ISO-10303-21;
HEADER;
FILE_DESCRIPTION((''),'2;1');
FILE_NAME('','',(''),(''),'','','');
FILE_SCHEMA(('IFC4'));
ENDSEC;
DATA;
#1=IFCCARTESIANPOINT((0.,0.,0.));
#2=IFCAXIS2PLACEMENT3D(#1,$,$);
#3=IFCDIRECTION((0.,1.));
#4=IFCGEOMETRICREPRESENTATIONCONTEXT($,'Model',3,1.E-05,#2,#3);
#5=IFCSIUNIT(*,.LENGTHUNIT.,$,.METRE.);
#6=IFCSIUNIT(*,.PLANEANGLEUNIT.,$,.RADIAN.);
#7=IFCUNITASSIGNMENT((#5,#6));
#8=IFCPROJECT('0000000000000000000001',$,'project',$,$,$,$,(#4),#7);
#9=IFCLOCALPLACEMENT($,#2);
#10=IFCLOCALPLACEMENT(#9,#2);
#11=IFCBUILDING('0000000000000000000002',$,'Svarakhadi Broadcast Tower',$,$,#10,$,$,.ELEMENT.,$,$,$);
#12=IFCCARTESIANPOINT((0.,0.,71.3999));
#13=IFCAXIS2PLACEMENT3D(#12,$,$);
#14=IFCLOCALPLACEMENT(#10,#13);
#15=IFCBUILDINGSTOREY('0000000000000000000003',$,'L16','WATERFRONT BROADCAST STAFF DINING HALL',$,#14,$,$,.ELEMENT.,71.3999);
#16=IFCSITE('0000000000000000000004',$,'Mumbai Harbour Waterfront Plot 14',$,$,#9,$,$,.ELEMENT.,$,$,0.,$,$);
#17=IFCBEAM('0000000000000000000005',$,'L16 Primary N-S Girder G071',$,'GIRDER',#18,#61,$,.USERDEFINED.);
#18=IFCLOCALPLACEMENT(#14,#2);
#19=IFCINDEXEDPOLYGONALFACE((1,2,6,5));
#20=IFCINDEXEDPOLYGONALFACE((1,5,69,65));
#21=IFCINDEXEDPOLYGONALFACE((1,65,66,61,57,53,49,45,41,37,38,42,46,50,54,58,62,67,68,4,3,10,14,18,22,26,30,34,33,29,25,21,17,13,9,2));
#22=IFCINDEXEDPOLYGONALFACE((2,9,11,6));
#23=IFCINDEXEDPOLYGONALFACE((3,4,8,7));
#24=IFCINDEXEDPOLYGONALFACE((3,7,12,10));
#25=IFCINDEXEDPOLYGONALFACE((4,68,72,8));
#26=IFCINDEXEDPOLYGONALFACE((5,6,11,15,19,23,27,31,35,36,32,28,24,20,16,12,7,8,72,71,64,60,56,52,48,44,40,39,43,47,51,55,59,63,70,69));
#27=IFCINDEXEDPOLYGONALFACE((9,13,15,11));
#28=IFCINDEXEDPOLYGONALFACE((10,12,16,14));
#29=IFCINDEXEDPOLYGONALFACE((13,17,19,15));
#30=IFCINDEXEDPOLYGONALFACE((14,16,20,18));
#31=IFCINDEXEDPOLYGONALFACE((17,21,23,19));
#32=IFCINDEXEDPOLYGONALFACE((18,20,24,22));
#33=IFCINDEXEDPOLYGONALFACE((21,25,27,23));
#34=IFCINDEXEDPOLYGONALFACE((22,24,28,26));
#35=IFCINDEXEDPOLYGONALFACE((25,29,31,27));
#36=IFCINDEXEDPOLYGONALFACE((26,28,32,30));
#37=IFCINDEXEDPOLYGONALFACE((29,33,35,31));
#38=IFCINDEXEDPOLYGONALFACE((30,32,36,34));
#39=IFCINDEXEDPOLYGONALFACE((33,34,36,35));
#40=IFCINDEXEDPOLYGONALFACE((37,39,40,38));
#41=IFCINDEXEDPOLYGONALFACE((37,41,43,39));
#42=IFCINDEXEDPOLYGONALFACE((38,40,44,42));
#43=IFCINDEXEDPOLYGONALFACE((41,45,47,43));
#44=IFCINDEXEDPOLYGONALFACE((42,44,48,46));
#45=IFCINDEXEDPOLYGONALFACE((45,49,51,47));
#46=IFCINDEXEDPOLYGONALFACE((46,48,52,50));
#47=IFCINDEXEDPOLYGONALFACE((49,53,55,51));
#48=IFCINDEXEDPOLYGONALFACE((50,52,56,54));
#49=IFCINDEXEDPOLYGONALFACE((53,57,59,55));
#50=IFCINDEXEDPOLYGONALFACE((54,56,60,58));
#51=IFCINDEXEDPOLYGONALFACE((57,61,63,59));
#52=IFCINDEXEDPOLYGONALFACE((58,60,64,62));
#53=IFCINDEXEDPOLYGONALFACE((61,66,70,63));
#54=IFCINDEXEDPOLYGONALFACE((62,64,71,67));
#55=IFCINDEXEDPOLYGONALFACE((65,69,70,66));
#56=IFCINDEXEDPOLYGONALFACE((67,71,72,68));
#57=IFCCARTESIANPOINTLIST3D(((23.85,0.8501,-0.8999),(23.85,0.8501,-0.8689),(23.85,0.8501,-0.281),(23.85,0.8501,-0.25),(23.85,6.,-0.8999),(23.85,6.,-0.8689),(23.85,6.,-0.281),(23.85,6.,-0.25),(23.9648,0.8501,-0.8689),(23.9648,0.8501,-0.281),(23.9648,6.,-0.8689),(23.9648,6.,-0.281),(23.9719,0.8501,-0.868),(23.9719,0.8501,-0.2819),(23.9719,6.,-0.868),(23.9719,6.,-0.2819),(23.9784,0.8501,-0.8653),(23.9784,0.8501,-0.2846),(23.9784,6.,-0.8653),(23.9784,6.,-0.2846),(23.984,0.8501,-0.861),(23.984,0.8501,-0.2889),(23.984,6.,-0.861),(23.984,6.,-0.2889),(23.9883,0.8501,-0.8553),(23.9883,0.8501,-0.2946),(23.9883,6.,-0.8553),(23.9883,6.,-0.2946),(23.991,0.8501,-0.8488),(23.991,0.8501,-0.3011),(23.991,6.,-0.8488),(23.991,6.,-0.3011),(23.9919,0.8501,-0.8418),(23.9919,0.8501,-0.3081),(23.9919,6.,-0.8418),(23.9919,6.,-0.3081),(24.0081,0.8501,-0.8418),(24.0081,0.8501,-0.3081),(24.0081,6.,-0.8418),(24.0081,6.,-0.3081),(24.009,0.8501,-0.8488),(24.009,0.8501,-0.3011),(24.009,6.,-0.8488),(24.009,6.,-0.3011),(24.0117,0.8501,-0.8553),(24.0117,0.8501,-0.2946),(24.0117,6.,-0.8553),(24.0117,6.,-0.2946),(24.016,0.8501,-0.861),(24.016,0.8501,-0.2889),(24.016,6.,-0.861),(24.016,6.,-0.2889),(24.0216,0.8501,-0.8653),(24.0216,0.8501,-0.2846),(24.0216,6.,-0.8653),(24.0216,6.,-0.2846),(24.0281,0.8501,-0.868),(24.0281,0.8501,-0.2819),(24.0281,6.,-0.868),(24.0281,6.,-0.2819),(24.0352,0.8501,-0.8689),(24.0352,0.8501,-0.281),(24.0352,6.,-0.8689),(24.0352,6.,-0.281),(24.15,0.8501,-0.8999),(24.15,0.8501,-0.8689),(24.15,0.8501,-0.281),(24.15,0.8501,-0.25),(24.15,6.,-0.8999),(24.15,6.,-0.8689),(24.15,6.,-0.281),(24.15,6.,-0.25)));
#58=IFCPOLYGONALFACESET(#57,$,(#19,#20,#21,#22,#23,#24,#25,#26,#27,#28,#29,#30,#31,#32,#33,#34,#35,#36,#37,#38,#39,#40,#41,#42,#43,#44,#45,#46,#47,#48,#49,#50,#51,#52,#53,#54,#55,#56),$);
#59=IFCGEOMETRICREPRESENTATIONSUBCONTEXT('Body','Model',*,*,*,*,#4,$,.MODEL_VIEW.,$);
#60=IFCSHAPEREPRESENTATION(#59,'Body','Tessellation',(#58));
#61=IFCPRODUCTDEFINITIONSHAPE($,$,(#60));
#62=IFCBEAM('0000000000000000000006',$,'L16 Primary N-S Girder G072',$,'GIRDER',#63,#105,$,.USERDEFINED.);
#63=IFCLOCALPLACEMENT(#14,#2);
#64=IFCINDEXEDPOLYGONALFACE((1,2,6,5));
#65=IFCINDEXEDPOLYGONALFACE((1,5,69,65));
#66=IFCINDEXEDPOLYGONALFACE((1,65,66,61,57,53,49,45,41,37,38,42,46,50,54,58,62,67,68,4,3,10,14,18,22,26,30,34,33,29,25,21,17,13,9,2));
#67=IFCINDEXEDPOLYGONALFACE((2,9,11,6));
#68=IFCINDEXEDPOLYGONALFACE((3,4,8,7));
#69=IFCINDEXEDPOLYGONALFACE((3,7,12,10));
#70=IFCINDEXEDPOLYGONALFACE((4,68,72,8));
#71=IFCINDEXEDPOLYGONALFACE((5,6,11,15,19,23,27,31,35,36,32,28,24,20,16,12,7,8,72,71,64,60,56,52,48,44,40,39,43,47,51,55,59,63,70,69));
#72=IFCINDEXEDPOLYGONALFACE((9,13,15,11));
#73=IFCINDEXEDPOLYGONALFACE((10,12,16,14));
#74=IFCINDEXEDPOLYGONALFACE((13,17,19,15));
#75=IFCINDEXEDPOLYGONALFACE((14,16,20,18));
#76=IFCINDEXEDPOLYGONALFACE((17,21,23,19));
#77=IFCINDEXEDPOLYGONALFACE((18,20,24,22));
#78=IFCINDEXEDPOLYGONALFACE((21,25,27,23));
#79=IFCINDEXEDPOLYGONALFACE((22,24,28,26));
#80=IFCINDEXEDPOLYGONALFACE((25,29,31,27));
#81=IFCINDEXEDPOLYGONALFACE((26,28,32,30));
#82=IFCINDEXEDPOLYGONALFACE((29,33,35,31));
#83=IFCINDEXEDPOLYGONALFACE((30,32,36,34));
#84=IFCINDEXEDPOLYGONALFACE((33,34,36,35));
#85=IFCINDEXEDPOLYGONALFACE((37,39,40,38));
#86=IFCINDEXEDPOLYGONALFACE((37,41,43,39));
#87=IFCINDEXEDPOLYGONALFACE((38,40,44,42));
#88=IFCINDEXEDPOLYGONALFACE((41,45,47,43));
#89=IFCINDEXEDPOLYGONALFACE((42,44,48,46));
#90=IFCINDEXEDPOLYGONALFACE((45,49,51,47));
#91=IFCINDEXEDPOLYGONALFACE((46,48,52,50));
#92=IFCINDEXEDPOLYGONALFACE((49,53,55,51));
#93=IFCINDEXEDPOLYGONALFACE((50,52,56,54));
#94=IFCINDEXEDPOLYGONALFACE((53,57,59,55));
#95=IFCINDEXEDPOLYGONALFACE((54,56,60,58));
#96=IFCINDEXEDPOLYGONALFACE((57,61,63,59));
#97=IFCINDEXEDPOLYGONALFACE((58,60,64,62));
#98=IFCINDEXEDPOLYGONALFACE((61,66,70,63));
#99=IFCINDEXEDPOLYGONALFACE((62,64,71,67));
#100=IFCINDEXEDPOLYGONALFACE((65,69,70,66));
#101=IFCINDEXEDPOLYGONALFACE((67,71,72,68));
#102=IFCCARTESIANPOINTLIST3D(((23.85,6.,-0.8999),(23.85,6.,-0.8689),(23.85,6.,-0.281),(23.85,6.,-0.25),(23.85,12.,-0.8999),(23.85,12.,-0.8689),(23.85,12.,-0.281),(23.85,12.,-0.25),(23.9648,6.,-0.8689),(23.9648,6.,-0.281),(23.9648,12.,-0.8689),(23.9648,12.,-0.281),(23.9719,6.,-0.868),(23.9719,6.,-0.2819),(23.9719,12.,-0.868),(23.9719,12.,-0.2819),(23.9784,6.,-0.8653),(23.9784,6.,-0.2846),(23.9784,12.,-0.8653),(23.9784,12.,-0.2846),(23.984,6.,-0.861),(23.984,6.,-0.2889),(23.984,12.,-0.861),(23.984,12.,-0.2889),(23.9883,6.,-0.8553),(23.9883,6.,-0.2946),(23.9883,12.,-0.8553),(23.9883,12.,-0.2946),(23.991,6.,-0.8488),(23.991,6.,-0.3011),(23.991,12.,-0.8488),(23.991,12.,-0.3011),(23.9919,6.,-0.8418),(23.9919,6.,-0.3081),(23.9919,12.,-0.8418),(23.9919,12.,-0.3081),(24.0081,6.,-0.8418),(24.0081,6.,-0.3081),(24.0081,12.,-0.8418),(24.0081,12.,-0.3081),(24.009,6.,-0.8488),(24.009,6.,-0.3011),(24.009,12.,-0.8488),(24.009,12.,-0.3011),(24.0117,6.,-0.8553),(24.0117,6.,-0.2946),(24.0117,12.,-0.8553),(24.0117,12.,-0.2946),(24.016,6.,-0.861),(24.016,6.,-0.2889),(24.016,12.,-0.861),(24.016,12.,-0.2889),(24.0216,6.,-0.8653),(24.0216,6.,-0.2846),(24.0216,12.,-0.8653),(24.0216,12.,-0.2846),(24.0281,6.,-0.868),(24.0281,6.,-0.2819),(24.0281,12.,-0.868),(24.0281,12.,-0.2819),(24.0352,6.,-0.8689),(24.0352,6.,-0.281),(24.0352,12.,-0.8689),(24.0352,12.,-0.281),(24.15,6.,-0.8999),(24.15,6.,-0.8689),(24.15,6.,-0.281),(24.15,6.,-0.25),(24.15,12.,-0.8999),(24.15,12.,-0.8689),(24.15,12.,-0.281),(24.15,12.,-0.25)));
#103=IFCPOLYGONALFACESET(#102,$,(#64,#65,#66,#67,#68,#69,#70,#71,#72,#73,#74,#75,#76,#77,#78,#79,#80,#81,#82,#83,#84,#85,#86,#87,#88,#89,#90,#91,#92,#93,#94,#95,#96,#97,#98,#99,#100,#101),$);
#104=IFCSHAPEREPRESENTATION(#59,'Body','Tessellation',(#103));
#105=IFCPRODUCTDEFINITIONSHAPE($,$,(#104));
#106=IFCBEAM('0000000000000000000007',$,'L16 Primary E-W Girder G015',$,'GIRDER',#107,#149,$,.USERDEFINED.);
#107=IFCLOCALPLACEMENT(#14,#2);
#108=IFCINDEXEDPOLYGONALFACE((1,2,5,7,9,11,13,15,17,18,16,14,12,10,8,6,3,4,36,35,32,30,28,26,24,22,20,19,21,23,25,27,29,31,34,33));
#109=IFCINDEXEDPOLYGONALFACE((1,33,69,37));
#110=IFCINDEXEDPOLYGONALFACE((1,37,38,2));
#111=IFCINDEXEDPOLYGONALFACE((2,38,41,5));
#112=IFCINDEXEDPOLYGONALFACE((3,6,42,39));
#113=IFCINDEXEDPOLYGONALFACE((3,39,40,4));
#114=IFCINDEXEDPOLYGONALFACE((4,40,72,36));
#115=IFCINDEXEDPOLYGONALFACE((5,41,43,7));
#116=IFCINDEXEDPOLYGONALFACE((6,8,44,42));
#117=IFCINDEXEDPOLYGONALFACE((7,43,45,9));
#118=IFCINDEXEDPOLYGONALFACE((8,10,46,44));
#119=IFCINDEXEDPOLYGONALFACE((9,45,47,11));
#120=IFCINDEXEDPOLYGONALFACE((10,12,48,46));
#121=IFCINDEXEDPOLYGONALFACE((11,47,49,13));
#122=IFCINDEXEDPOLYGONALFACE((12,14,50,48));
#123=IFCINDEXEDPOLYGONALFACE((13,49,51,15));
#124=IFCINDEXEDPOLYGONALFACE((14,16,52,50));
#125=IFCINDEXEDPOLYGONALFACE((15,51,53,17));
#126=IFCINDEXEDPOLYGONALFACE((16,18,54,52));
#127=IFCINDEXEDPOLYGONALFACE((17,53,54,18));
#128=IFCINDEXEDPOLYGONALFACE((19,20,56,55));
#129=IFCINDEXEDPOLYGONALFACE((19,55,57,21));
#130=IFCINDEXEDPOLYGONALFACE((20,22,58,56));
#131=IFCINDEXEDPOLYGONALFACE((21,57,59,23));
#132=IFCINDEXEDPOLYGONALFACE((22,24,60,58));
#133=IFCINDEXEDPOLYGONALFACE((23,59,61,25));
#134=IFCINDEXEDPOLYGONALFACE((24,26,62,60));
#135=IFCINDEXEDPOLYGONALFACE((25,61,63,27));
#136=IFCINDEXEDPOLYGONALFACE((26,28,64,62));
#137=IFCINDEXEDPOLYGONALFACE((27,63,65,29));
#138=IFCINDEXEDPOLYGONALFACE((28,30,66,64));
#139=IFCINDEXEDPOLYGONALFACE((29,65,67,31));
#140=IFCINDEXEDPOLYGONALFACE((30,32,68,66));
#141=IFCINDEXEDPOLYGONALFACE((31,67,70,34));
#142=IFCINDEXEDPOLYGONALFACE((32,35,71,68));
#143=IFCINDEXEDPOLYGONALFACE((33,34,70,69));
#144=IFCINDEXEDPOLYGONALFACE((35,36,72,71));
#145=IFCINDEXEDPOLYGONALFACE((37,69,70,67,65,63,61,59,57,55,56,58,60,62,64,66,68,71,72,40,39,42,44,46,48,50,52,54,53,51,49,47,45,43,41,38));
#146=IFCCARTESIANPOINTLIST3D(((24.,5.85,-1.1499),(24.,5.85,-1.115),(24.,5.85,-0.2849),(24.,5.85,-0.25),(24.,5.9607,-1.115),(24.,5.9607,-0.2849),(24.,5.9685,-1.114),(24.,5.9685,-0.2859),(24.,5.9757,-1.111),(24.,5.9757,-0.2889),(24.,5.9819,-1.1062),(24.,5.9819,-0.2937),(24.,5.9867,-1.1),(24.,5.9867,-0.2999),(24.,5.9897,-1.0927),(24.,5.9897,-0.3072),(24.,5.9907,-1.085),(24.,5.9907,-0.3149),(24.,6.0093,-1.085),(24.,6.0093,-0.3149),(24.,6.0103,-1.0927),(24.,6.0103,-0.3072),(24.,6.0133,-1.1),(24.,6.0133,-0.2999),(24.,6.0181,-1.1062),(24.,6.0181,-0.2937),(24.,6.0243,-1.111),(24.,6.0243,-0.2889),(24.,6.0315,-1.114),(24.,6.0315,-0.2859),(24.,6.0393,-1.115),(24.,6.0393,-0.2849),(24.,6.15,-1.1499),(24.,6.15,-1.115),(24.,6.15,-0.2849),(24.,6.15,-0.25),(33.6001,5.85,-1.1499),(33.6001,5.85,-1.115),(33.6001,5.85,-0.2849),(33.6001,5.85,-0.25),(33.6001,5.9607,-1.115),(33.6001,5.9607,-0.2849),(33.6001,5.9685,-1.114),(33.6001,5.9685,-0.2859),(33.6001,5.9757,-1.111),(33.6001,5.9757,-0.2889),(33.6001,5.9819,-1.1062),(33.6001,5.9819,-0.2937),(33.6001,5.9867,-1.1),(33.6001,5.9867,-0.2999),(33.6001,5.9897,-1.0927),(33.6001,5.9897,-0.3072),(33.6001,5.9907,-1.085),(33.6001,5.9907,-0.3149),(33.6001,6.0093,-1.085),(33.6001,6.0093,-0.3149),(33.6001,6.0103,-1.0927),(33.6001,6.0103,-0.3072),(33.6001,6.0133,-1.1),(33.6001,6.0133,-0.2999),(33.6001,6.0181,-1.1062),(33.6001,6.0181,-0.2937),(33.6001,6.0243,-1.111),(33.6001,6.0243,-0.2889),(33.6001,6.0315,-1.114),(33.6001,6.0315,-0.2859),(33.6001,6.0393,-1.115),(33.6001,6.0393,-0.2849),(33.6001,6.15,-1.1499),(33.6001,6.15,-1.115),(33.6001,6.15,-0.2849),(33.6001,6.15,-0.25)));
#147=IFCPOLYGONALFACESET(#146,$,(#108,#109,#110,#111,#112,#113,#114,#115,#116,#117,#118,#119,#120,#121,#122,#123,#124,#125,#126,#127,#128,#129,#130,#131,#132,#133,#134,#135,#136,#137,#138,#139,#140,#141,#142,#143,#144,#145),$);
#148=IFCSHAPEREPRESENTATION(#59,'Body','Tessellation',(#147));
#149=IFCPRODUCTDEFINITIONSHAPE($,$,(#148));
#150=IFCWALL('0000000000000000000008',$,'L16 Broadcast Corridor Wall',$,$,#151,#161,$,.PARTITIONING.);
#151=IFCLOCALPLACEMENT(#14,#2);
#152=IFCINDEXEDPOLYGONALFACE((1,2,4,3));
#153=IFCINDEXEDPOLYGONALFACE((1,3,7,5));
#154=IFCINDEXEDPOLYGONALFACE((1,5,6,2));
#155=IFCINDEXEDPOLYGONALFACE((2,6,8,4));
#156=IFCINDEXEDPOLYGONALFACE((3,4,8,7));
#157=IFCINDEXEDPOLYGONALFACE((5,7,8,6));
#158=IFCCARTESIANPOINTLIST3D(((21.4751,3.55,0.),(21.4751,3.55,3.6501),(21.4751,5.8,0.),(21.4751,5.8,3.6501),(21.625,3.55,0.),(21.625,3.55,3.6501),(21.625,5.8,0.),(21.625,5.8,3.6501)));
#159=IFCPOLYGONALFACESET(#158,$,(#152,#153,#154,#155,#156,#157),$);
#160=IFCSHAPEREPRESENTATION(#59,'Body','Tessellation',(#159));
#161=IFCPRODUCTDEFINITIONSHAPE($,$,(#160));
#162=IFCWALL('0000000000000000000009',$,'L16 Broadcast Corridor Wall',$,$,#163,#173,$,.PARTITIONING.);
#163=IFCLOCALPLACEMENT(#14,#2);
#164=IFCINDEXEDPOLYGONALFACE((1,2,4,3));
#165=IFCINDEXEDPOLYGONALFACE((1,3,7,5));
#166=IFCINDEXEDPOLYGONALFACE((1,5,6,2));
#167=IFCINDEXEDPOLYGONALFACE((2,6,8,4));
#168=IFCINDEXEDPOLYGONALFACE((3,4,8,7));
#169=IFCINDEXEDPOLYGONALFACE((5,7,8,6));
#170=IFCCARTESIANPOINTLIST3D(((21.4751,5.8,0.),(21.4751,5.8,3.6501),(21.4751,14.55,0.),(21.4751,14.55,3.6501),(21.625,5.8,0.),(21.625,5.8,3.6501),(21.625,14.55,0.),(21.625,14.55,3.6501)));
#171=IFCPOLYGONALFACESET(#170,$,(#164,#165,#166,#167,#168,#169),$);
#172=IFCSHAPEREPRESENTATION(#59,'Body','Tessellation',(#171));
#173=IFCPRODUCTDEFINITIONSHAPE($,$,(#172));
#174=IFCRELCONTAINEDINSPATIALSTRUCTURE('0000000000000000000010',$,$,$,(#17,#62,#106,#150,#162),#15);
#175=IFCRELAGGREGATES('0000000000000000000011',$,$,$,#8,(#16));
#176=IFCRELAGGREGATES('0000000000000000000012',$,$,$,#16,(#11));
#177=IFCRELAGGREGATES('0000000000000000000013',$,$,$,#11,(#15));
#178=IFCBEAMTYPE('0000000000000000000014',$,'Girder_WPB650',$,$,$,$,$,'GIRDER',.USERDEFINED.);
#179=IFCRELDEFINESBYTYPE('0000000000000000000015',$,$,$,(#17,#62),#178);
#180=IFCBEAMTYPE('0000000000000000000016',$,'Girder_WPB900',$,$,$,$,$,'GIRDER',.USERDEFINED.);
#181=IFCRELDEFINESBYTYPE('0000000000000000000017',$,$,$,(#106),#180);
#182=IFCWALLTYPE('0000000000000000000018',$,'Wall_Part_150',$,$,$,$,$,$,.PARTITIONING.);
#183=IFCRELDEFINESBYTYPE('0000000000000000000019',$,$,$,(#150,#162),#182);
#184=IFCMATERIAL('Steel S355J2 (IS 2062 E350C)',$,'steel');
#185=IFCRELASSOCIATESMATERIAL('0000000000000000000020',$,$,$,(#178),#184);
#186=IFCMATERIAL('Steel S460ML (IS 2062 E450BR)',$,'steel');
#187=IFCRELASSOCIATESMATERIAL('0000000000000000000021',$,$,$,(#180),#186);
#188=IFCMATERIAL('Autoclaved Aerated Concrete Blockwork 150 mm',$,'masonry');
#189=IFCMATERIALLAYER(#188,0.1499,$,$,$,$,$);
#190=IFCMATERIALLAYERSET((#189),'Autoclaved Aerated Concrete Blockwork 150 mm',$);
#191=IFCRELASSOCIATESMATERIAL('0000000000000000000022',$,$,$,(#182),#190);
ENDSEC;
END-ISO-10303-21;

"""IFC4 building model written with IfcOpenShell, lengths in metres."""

from ifc_helpers import new_model, si_unit, direction, frame, frame_2d, origin, origin_2d, place, context, subcontext, project, spatial, rectangle, i_section, extrude, material, layer, layer_set, material_profile, profile_set, type_object, element, save


model = new_model("IFC4")

# Units and contexts
model_context = context("Model", 3, precision=1e-05, world=origin(), true_north=direction((0.0, 1.0)))
body_context = subcontext(model_context, "Body", "Model", "MODEL_VIEW")
ifc_project = project(units=[si_unit("LENGTHUNIT", "METRE"), si_unit("PLANEANGLEUNIT", "RADIAN")], contexts=[model_context])

# Site, building, storey
site_placement = place(None, origin())
site = spatial("IfcSite", under=ifc_project, at=site_placement, Name="Mumbai Harbour Waterfront Plot 14", CompositionType="ELEMENT", RefElevation=0.0)
building_placement = place(site_placement, origin())
building = spatial("IfcBuilding", under=site, at=building_placement, Name="Svarakhadi Broadcast Tower", CompositionType="ELEMENT")
storey_placement = place(building_placement, frame((0.0, 0.0, 71.3999)))
storey = spatial("IfcBuildingStorey", under=building, at=storey_placement, Name="L16", Description="WATERFRONT BROADCAST STAFF DINING HALL", CompositionType="ELEMENT", Elevation=71.3999)

# Beams
ifc_material_1 = material(Name="Steel S355J2 (IS 2062 E350C)", Category="steel")
ifc_material_profile_1 = material_profile(ifc_material_1, i_section(OverallWidth=0.3, OverallDepth=0.6499, WebThickness=0.0161, FlangeThickness=0.031, FilletRadius=0.0271, at=origin_2d()), Name="WPB 650x300x225")
ifc_profile_set_1 = profile_set([ifc_material_profile_1], Name="Steel S355J2 (IS 2062 E350C)")
beam_type_1 = type_object("IfcBeamType", Name="Girder_WPB650", ElementType="GIRDER", PredefinedType="USERDEFINED", material=ifc_profile_set_1)
beam_1_placement = place(storey_placement, frame((24.0, 0.8501, -0.575), z_axis=(0.0, 1.0, 0.0), x_axis=(-1.0, 0.0, 0.0)))
element("IfcBeam", 1, at=beam_1_placement, inside=storey, type_object=beam_type_1, Name="L16 Primary N-S Girder G071", ObjectType="GIRDER", PredefinedType="USERDEFINED", context=body_context, shape_type="SweptSolid", body=[
    extrude(i_section(OverallWidth=0.3, OverallDepth=0.6499, WebThickness=0.0161, FlangeThickness=0.031, FilletRadius=0.0271, at=origin_2d()), origin(), (0.0, 0.0, 1.0), 5.1499),
])
beam_2_placement = place(storey_placement, frame((24.0, 6.0, -0.575), z_axis=(0.0, 1.0, 0.0), x_axis=(-1.0, 0.0, 0.0)))
element("IfcBeam", 2, at=beam_2_placement, inside=storey, type_object=beam_type_1, Name="L16 Primary N-S Girder G072", ObjectType="GIRDER", PredefinedType="USERDEFINED", context=body_context, shape_type="SweptSolid", body=[
    extrude(i_section(OverallWidth=0.3, OverallDepth=0.6499, WebThickness=0.0161, FlangeThickness=0.031, FilletRadius=0.0271, at=origin_2d()), origin(), (0.0, 0.0, 1.0), 6.0),
])
ifc_material_2 = material(Name="Steel S460ML (IS 2062 E450BR)", Category="steel")
ifc_material_profile_2 = material_profile(ifc_material_2, i_section(OverallWidth=0.3, OverallDepth=0.8999, WebThickness=0.0186, FlangeThickness=0.0349, FilletRadius=0.03, at=origin_2d()), Name="WPB 900x300x291")
ifc_profile_set_2 = profile_set([ifc_material_profile_2], Name="Steel S460ML (IS 2062 E450BR)")
beam_type_2 = type_object("IfcBeamType", Name="Girder_WPB900", ElementType="GIRDER", PredefinedType="USERDEFINED", material=ifc_profile_set_2)
beam_3_placement = place(storey_placement, frame((24.0, 6.0, -0.7), z_axis=(1.0, 0.0, 0.0), x_axis=(0.0, 1.0, 0.0)))
element("IfcBeam", 3, at=beam_3_placement, inside=storey, type_object=beam_type_2, Name="L16 Primary E-W Girder G015", ObjectType="GIRDER", PredefinedType="USERDEFINED", context=body_context, shape_type="SweptSolid", body=[
    extrude(i_section(OverallWidth=0.3, OverallDepth=0.8999, WebThickness=0.0186, FlangeThickness=0.0349, FilletRadius=0.03, at=origin_2d()), origin(), (0.0, 0.0, 1.0), 9.6001),
])

# Walls
ifc_material_3 = material(Name="Autoclaved Aerated Concrete Blockwork 150 mm", Category="masonry")
ifc_layer_1 = layer(ifc_material_3, 0.1499)
ifc_layer_set_1 = layer_set([ifc_layer_1], Name="Autoclaved Aerated Concrete Blockwork 150 mm")
wall_type_1 = type_object("IfcWallType", Name="Wall_Part_150", PredefinedType="PARTITIONING", material=ifc_layer_set_1)
wall_1_placement = place(storey_placement, frame((21.55, 3.55, 0.0), z_axis=(0.0, 0.0, 1.0), x_axis=(0.0, 1.0, 0.0)))
element("IfcWall", 4, at=wall_1_placement, inside=storey, type_object=wall_type_1, Name="L16 Broadcast Corridor Wall", PredefinedType="PARTITIONING", context=body_context, shape_type="SweptSolid", body=[
    extrude(rectangle(XDim=2.25, YDim=0.1499, at=frame_2d((1.125, 0.0))), origin(), (0.0, 0.0, 1.0), 3.6501),
])
wall_2_placement = place(storey_placement, frame((21.55, 5.8, 0.0), z_axis=(0.0, 0.0, 1.0), x_axis=(0.0, 1.0, 0.0)))
element("IfcWall", 5, at=wall_2_placement, inside=storey, type_object=wall_type_1, Name="L16 Broadcast Corridor Wall", PredefinedType="PARTITIONING", context=body_context, shape_type="SweptSolid", body=[
    extrude(rectangle(XDim=8.75, YDim=0.1499, at=frame_2d((4.375, 0.0))), origin(), (0.0, 0.0, 1.0), 3.6501),
])

save(model, "model.ifc")
